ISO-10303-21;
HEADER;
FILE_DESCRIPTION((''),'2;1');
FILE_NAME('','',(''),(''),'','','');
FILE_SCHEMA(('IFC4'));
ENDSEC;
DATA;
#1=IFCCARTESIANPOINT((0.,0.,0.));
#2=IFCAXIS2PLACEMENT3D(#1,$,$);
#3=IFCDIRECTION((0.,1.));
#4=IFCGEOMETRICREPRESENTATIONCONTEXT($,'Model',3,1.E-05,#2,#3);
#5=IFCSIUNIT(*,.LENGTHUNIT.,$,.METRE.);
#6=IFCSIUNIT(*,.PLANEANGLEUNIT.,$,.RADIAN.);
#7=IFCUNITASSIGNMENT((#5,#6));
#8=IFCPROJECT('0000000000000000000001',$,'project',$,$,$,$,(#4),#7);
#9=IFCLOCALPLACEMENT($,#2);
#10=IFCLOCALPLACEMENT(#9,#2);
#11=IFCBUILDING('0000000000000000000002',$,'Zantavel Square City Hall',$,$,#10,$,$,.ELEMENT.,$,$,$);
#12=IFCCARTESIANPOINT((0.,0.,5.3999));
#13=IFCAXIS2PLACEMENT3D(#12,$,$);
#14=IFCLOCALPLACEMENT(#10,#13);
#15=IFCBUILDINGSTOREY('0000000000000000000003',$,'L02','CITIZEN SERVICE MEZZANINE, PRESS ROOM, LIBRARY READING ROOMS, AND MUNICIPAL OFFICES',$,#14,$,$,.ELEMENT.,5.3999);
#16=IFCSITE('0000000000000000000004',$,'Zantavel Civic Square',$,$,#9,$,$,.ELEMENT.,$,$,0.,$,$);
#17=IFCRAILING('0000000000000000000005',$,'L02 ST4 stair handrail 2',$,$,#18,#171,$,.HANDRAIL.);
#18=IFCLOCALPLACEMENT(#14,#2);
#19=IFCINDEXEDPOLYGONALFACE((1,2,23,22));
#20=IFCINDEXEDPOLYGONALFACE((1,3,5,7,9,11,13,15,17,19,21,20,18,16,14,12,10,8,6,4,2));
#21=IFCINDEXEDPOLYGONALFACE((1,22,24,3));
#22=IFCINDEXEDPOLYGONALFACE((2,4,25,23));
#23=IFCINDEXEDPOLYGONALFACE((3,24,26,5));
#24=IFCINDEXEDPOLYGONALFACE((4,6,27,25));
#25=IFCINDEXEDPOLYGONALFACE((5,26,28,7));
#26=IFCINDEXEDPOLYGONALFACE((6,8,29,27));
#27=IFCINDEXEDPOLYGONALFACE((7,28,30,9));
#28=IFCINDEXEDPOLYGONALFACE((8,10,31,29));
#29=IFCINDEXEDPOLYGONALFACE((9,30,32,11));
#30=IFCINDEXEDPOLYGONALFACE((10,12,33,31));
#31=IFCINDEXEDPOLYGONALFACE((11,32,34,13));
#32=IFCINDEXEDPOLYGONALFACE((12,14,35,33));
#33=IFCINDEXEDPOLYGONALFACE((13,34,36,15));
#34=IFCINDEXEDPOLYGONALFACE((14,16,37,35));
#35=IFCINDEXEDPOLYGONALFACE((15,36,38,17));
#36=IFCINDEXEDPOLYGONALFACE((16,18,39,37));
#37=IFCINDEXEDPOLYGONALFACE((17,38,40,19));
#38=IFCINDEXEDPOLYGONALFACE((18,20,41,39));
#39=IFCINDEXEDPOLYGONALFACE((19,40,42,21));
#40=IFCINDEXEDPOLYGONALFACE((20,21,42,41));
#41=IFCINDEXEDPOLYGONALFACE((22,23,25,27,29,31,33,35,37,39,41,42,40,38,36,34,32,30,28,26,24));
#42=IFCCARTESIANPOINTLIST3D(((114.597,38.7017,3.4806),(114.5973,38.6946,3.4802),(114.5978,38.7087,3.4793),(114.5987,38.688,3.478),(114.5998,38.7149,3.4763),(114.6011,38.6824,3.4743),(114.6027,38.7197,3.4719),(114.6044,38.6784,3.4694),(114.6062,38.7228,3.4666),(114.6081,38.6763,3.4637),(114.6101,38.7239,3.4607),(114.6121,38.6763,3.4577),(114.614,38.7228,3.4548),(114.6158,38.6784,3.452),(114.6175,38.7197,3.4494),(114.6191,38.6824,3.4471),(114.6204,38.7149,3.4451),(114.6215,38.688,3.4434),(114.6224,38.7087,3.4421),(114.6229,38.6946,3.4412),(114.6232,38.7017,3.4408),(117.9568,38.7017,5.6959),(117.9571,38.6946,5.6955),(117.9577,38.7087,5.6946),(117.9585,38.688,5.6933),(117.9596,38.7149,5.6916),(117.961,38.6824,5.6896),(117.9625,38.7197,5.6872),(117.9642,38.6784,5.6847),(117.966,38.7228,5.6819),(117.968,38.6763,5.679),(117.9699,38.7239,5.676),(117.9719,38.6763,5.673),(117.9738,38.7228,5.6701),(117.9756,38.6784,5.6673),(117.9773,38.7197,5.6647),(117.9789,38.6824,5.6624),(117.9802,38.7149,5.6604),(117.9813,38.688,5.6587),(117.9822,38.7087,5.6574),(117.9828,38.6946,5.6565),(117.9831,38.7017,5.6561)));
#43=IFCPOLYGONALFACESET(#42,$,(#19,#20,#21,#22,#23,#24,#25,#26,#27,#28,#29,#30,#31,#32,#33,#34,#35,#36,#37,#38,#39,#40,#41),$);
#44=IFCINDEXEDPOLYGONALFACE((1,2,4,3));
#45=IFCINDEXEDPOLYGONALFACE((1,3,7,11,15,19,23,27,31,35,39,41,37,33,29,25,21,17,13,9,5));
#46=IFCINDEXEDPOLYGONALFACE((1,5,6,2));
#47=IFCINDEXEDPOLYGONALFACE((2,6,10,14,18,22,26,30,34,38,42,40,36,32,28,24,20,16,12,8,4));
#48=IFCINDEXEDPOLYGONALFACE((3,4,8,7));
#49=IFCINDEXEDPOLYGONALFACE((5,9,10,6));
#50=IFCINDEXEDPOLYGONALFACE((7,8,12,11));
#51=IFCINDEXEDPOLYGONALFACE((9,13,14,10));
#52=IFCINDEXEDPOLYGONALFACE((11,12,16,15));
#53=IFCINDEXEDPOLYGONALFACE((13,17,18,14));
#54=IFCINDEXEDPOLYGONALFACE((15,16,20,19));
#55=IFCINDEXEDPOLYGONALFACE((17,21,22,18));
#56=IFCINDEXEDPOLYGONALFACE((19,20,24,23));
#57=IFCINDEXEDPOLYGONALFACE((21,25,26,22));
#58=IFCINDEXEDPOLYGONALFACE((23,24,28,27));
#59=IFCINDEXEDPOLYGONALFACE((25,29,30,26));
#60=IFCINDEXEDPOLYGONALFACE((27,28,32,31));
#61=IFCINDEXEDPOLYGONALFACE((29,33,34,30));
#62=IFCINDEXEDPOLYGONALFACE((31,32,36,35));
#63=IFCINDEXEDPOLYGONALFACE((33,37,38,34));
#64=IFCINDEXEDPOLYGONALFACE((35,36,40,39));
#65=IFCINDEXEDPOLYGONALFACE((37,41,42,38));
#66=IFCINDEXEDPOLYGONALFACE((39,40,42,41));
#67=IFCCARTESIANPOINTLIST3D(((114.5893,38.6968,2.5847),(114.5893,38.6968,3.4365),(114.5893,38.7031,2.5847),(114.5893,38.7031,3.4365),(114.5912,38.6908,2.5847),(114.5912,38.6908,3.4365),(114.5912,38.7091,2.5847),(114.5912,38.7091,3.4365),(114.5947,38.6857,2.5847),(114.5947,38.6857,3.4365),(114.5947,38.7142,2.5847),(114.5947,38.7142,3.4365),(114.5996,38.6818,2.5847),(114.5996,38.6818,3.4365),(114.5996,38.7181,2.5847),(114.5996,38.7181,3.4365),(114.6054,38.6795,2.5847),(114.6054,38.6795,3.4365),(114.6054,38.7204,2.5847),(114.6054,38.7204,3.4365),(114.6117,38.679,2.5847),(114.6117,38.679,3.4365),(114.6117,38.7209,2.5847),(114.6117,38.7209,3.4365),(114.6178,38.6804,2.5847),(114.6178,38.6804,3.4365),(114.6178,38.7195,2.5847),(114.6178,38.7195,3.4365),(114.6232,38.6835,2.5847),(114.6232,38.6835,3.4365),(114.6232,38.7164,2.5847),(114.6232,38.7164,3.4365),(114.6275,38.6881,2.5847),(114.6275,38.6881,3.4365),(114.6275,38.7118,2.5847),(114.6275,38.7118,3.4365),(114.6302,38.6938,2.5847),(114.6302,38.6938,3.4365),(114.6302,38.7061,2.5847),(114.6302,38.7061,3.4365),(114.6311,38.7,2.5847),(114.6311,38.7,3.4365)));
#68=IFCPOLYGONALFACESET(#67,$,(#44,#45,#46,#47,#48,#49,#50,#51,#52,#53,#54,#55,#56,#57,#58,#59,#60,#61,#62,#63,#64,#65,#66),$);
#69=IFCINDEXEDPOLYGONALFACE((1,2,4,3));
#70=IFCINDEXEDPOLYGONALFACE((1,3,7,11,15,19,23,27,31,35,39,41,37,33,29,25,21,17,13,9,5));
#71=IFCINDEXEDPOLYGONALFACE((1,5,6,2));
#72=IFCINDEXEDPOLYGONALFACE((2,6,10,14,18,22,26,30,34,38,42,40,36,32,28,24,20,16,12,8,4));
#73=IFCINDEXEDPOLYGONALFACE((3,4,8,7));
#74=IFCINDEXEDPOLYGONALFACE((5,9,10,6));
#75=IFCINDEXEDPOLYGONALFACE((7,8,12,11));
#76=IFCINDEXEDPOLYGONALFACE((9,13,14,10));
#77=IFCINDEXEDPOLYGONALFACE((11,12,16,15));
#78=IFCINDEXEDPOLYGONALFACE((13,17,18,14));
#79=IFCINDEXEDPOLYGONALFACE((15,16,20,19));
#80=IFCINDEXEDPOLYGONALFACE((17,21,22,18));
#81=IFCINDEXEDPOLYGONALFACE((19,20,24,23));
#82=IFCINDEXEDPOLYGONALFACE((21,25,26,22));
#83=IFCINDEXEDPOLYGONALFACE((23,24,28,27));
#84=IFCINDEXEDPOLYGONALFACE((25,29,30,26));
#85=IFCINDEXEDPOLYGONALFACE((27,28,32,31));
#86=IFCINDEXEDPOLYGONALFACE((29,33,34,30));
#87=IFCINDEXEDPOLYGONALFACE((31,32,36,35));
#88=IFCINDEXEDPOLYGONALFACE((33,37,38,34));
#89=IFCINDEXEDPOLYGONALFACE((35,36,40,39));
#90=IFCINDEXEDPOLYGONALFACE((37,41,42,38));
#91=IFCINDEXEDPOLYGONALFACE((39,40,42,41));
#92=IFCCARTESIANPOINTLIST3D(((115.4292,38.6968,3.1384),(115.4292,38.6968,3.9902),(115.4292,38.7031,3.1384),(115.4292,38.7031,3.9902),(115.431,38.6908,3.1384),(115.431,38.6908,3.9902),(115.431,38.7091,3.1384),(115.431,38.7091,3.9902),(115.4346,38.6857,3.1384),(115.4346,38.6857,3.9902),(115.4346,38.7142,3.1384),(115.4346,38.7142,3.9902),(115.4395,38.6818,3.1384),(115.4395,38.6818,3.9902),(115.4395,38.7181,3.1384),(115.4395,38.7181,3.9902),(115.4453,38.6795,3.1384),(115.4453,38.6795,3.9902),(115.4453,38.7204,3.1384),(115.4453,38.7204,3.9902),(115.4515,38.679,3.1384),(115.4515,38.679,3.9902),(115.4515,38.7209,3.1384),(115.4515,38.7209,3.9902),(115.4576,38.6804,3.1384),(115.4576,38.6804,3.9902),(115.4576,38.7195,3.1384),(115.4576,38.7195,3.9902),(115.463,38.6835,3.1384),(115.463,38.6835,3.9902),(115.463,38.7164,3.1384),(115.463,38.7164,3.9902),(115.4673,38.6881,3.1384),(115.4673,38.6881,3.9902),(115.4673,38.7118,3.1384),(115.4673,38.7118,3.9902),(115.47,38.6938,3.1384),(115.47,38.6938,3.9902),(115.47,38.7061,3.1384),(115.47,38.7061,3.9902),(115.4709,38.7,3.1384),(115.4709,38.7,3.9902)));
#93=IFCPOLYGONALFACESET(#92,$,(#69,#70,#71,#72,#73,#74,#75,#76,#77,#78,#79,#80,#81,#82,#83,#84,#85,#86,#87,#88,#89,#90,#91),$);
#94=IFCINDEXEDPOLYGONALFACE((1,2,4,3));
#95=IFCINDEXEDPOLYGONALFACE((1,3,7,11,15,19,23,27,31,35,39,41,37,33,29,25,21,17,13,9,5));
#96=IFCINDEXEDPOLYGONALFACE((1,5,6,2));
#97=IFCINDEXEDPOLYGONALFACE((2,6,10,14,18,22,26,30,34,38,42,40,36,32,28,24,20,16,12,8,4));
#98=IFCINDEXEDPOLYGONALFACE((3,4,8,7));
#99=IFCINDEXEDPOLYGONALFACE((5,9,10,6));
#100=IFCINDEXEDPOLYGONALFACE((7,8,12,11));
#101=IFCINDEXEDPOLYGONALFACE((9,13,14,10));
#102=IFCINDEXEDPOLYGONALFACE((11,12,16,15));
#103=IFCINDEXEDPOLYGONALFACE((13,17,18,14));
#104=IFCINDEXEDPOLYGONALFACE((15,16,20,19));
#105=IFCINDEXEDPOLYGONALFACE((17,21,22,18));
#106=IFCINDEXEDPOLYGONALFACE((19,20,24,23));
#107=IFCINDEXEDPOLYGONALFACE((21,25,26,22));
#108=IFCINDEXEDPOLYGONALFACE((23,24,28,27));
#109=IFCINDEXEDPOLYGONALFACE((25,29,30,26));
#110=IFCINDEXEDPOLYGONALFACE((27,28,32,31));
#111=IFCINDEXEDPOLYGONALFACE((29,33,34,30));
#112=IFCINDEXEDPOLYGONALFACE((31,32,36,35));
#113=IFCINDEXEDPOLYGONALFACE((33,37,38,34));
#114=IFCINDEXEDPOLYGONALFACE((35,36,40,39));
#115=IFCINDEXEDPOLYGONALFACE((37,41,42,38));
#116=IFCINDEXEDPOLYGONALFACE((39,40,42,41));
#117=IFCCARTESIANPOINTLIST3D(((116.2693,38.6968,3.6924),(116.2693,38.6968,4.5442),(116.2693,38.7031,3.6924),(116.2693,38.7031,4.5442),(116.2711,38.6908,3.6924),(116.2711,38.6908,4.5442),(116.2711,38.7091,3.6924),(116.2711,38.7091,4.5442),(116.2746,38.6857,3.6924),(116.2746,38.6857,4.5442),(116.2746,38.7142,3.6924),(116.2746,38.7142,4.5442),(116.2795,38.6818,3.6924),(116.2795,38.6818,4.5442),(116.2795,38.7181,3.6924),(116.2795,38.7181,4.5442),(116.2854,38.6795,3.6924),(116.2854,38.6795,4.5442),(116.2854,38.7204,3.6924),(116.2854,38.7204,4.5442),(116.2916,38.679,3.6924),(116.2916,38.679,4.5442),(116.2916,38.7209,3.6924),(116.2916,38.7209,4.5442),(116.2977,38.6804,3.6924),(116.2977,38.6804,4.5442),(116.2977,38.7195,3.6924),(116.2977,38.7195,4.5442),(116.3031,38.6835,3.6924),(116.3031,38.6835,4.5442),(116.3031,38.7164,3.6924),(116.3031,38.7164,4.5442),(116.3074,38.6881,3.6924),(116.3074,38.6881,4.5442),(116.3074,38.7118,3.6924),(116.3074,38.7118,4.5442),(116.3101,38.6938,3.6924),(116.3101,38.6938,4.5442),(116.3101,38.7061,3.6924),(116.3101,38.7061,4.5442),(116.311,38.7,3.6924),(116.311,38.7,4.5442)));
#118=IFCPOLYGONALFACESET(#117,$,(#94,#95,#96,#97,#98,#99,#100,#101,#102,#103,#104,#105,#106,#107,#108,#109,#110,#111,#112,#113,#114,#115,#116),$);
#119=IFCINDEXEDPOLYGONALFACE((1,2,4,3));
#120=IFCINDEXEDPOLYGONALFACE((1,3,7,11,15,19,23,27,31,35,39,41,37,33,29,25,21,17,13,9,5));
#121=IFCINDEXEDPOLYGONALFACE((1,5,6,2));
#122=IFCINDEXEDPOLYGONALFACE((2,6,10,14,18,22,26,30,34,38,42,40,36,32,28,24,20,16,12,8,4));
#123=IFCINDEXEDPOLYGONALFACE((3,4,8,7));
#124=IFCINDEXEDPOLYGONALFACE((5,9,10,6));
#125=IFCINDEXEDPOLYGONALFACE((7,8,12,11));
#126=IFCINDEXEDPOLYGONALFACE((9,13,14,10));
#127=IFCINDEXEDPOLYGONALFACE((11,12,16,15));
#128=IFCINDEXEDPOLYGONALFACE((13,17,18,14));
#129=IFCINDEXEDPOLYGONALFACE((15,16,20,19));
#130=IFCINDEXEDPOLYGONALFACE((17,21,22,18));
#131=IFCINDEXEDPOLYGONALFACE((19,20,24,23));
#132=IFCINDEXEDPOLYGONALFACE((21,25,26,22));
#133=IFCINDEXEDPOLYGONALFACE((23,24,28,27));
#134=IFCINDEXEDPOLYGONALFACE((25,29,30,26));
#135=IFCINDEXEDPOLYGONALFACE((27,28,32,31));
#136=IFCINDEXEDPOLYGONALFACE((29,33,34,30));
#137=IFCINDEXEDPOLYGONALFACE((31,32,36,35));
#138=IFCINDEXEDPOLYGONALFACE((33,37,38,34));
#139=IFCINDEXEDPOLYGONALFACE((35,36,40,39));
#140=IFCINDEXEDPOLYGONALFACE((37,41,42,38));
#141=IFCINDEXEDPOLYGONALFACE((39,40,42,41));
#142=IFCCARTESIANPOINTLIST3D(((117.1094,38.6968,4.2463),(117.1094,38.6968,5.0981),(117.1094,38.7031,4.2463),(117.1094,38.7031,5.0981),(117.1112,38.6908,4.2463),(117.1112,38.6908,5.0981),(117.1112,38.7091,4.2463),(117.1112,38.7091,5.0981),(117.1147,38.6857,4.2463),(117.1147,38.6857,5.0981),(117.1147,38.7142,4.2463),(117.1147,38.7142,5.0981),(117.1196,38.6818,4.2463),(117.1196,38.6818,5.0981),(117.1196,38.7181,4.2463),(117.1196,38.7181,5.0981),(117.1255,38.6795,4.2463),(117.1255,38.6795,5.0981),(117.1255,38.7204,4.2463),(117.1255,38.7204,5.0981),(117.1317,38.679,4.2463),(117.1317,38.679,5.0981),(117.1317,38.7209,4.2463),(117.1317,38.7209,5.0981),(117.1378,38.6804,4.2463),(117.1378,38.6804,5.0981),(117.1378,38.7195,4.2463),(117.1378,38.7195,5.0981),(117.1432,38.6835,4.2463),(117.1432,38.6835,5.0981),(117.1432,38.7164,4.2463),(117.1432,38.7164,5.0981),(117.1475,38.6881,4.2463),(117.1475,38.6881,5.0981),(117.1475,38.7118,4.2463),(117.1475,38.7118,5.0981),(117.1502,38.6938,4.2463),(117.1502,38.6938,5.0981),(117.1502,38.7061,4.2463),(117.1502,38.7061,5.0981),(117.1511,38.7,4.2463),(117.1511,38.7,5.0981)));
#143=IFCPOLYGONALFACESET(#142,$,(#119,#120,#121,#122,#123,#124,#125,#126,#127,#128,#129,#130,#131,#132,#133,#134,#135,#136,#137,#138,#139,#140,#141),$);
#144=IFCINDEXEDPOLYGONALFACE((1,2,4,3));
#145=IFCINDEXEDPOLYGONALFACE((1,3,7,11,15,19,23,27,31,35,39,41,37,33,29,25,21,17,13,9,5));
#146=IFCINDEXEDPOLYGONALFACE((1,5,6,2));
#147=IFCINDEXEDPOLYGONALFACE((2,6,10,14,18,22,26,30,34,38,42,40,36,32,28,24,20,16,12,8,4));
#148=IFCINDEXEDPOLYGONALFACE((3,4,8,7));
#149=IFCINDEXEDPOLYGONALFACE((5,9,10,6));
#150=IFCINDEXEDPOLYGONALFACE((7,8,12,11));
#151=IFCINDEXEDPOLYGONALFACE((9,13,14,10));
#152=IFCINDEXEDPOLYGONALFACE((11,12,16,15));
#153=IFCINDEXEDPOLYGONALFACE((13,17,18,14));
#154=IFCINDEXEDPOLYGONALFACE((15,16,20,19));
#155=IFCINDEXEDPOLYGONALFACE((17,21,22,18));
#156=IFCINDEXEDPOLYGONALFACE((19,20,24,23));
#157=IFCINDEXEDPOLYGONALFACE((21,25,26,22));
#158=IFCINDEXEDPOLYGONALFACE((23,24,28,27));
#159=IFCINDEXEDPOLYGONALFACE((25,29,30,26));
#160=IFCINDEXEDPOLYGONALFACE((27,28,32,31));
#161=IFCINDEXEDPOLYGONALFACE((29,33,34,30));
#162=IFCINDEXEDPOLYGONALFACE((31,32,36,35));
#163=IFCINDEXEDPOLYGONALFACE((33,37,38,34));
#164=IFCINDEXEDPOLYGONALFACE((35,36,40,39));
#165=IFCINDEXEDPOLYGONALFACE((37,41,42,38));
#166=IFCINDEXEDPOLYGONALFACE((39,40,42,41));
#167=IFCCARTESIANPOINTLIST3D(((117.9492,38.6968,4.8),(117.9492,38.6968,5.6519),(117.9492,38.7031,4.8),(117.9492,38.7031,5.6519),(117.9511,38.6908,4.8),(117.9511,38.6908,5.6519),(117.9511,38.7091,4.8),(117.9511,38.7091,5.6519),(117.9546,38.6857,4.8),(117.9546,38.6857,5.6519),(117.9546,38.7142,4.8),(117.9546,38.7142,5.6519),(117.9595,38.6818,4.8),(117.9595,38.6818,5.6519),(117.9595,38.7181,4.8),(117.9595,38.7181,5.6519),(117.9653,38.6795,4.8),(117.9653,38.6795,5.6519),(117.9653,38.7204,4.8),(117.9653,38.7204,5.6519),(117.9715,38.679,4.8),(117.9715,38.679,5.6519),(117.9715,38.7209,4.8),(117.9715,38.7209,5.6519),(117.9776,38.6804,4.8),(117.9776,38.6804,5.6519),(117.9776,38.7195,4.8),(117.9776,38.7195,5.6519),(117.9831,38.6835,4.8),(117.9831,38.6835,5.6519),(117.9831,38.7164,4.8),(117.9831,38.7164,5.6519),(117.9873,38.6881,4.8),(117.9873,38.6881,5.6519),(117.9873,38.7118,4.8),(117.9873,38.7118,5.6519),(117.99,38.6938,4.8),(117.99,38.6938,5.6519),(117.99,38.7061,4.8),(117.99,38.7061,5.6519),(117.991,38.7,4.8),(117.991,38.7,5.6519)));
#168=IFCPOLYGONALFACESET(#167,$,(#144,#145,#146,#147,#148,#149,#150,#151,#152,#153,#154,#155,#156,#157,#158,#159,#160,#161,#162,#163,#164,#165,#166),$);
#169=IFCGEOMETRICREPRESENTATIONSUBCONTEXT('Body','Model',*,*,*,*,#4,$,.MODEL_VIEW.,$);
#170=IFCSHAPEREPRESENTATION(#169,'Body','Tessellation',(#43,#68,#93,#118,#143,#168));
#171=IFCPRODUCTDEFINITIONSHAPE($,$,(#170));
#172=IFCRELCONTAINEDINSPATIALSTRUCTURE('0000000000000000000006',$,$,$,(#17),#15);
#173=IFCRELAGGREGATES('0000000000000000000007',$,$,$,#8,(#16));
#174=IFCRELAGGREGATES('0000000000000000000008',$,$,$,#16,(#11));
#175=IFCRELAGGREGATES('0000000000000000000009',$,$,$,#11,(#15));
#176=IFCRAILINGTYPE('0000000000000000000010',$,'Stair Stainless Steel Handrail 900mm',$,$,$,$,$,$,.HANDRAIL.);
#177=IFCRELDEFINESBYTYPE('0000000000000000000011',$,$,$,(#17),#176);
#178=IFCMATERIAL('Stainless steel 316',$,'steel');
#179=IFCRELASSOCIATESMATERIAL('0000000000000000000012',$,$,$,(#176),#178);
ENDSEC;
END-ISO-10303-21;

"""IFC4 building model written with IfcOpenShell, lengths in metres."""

from ifc_helpers import new_model, si_unit, direction, frame, origin, origin_2d, place, context, subcontext, project, spatial, circle, extrude, material, type_object, element, save


model = new_model("IFC4")

# Units and contexts
model_context = context("Model", 3, precision=1e-05, world=origin(), true_north=direction((0.0, 1.0)))
body_context = subcontext(model_context, "Body", "Model", "MODEL_VIEW")
ifc_project = project(units=[si_unit("LENGTHUNIT", "METRE"), si_unit("PLANEANGLEUNIT", "RADIAN")], contexts=[model_context])

# Site, building, storey
site_placement = place(None, origin())
site = spatial("IfcSite", under=ifc_project, at=site_placement, Name="Zantavel Civic Square", CompositionType="ELEMENT", RefElevation=0.0)
building_placement = place(site_placement, origin())
building = spatial("IfcBuilding", under=site, at=building_placement, Name="Zantavel Square City Hall", CompositionType="ELEMENT")
storey_placement = place(building_placement, frame((0.0, 0.0, 5.3999)))
storey = spatial("IfcBuildingStorey", under=building, at=storey_placement, Name="L02", Description="CITIZEN SERVICE MEZZANINE, PRESS ROOM, LIBRARY READING ROOMS, AND MUNICIPAL OFFICES", CompositionType="ELEMENT", Elevation=5.3999)

# Railing
ifc_material_1 = material(Name="Stainless steel 316", Category="steel")
railing_type_1 = type_object("IfcRailingType", Name="Stair Stainless Steel Handrail 900mm", PredefinedType="HANDRAIL", material=ifc_material_1)
railing_1_placement = place(storey_placement, frame((114.6101, 38.7, 2.5847)))
element("IfcRailing", 1, at=railing_1_placement, inside=storey, type_object=railing_type_1, Name="L02 ST4 stair handrail 2", PredefinedType="HANDRAIL", context=body_context, shape_type="SweptSolid", body=[
    extrude(circle(Radius=0.0239, at=origin_2d()), frame((0.0, 0.0, 0.876), z_axis=(0.834858, 0.0, 0.550465), x_axis=(0.0, 1.0, 0.0)), (0.0, 0.0, 1.0), 4.0244),
    extrude(circle(Radius=0.021, at=origin_2d()), origin(), (0.0, 0.0, 1.0), 0.8518),
    extrude(circle(Radius=0.021, at=origin_2d()), frame((0.8398, 0.0, 0.5537)), (0.0, 0.0, 1.0), 0.8518),
    extrude(circle(Radius=0.021, at=origin_2d()), frame((1.6799, 0.0, 1.1077)), (0.0, 0.0, 1.0), 0.8518),
    extrude(circle(Radius=0.021, at=origin_2d()), frame((2.52, 0.0, 1.6616)), (0.0, 0.0, 1.0), 0.8518),
    extrude(circle(Radius=0.021, at=origin_2d()), frame((3.3599, 0.0, 2.2153)), (0.0, 0.0, 1.0), 0.8518),
])

save(model, "model.ifc")
